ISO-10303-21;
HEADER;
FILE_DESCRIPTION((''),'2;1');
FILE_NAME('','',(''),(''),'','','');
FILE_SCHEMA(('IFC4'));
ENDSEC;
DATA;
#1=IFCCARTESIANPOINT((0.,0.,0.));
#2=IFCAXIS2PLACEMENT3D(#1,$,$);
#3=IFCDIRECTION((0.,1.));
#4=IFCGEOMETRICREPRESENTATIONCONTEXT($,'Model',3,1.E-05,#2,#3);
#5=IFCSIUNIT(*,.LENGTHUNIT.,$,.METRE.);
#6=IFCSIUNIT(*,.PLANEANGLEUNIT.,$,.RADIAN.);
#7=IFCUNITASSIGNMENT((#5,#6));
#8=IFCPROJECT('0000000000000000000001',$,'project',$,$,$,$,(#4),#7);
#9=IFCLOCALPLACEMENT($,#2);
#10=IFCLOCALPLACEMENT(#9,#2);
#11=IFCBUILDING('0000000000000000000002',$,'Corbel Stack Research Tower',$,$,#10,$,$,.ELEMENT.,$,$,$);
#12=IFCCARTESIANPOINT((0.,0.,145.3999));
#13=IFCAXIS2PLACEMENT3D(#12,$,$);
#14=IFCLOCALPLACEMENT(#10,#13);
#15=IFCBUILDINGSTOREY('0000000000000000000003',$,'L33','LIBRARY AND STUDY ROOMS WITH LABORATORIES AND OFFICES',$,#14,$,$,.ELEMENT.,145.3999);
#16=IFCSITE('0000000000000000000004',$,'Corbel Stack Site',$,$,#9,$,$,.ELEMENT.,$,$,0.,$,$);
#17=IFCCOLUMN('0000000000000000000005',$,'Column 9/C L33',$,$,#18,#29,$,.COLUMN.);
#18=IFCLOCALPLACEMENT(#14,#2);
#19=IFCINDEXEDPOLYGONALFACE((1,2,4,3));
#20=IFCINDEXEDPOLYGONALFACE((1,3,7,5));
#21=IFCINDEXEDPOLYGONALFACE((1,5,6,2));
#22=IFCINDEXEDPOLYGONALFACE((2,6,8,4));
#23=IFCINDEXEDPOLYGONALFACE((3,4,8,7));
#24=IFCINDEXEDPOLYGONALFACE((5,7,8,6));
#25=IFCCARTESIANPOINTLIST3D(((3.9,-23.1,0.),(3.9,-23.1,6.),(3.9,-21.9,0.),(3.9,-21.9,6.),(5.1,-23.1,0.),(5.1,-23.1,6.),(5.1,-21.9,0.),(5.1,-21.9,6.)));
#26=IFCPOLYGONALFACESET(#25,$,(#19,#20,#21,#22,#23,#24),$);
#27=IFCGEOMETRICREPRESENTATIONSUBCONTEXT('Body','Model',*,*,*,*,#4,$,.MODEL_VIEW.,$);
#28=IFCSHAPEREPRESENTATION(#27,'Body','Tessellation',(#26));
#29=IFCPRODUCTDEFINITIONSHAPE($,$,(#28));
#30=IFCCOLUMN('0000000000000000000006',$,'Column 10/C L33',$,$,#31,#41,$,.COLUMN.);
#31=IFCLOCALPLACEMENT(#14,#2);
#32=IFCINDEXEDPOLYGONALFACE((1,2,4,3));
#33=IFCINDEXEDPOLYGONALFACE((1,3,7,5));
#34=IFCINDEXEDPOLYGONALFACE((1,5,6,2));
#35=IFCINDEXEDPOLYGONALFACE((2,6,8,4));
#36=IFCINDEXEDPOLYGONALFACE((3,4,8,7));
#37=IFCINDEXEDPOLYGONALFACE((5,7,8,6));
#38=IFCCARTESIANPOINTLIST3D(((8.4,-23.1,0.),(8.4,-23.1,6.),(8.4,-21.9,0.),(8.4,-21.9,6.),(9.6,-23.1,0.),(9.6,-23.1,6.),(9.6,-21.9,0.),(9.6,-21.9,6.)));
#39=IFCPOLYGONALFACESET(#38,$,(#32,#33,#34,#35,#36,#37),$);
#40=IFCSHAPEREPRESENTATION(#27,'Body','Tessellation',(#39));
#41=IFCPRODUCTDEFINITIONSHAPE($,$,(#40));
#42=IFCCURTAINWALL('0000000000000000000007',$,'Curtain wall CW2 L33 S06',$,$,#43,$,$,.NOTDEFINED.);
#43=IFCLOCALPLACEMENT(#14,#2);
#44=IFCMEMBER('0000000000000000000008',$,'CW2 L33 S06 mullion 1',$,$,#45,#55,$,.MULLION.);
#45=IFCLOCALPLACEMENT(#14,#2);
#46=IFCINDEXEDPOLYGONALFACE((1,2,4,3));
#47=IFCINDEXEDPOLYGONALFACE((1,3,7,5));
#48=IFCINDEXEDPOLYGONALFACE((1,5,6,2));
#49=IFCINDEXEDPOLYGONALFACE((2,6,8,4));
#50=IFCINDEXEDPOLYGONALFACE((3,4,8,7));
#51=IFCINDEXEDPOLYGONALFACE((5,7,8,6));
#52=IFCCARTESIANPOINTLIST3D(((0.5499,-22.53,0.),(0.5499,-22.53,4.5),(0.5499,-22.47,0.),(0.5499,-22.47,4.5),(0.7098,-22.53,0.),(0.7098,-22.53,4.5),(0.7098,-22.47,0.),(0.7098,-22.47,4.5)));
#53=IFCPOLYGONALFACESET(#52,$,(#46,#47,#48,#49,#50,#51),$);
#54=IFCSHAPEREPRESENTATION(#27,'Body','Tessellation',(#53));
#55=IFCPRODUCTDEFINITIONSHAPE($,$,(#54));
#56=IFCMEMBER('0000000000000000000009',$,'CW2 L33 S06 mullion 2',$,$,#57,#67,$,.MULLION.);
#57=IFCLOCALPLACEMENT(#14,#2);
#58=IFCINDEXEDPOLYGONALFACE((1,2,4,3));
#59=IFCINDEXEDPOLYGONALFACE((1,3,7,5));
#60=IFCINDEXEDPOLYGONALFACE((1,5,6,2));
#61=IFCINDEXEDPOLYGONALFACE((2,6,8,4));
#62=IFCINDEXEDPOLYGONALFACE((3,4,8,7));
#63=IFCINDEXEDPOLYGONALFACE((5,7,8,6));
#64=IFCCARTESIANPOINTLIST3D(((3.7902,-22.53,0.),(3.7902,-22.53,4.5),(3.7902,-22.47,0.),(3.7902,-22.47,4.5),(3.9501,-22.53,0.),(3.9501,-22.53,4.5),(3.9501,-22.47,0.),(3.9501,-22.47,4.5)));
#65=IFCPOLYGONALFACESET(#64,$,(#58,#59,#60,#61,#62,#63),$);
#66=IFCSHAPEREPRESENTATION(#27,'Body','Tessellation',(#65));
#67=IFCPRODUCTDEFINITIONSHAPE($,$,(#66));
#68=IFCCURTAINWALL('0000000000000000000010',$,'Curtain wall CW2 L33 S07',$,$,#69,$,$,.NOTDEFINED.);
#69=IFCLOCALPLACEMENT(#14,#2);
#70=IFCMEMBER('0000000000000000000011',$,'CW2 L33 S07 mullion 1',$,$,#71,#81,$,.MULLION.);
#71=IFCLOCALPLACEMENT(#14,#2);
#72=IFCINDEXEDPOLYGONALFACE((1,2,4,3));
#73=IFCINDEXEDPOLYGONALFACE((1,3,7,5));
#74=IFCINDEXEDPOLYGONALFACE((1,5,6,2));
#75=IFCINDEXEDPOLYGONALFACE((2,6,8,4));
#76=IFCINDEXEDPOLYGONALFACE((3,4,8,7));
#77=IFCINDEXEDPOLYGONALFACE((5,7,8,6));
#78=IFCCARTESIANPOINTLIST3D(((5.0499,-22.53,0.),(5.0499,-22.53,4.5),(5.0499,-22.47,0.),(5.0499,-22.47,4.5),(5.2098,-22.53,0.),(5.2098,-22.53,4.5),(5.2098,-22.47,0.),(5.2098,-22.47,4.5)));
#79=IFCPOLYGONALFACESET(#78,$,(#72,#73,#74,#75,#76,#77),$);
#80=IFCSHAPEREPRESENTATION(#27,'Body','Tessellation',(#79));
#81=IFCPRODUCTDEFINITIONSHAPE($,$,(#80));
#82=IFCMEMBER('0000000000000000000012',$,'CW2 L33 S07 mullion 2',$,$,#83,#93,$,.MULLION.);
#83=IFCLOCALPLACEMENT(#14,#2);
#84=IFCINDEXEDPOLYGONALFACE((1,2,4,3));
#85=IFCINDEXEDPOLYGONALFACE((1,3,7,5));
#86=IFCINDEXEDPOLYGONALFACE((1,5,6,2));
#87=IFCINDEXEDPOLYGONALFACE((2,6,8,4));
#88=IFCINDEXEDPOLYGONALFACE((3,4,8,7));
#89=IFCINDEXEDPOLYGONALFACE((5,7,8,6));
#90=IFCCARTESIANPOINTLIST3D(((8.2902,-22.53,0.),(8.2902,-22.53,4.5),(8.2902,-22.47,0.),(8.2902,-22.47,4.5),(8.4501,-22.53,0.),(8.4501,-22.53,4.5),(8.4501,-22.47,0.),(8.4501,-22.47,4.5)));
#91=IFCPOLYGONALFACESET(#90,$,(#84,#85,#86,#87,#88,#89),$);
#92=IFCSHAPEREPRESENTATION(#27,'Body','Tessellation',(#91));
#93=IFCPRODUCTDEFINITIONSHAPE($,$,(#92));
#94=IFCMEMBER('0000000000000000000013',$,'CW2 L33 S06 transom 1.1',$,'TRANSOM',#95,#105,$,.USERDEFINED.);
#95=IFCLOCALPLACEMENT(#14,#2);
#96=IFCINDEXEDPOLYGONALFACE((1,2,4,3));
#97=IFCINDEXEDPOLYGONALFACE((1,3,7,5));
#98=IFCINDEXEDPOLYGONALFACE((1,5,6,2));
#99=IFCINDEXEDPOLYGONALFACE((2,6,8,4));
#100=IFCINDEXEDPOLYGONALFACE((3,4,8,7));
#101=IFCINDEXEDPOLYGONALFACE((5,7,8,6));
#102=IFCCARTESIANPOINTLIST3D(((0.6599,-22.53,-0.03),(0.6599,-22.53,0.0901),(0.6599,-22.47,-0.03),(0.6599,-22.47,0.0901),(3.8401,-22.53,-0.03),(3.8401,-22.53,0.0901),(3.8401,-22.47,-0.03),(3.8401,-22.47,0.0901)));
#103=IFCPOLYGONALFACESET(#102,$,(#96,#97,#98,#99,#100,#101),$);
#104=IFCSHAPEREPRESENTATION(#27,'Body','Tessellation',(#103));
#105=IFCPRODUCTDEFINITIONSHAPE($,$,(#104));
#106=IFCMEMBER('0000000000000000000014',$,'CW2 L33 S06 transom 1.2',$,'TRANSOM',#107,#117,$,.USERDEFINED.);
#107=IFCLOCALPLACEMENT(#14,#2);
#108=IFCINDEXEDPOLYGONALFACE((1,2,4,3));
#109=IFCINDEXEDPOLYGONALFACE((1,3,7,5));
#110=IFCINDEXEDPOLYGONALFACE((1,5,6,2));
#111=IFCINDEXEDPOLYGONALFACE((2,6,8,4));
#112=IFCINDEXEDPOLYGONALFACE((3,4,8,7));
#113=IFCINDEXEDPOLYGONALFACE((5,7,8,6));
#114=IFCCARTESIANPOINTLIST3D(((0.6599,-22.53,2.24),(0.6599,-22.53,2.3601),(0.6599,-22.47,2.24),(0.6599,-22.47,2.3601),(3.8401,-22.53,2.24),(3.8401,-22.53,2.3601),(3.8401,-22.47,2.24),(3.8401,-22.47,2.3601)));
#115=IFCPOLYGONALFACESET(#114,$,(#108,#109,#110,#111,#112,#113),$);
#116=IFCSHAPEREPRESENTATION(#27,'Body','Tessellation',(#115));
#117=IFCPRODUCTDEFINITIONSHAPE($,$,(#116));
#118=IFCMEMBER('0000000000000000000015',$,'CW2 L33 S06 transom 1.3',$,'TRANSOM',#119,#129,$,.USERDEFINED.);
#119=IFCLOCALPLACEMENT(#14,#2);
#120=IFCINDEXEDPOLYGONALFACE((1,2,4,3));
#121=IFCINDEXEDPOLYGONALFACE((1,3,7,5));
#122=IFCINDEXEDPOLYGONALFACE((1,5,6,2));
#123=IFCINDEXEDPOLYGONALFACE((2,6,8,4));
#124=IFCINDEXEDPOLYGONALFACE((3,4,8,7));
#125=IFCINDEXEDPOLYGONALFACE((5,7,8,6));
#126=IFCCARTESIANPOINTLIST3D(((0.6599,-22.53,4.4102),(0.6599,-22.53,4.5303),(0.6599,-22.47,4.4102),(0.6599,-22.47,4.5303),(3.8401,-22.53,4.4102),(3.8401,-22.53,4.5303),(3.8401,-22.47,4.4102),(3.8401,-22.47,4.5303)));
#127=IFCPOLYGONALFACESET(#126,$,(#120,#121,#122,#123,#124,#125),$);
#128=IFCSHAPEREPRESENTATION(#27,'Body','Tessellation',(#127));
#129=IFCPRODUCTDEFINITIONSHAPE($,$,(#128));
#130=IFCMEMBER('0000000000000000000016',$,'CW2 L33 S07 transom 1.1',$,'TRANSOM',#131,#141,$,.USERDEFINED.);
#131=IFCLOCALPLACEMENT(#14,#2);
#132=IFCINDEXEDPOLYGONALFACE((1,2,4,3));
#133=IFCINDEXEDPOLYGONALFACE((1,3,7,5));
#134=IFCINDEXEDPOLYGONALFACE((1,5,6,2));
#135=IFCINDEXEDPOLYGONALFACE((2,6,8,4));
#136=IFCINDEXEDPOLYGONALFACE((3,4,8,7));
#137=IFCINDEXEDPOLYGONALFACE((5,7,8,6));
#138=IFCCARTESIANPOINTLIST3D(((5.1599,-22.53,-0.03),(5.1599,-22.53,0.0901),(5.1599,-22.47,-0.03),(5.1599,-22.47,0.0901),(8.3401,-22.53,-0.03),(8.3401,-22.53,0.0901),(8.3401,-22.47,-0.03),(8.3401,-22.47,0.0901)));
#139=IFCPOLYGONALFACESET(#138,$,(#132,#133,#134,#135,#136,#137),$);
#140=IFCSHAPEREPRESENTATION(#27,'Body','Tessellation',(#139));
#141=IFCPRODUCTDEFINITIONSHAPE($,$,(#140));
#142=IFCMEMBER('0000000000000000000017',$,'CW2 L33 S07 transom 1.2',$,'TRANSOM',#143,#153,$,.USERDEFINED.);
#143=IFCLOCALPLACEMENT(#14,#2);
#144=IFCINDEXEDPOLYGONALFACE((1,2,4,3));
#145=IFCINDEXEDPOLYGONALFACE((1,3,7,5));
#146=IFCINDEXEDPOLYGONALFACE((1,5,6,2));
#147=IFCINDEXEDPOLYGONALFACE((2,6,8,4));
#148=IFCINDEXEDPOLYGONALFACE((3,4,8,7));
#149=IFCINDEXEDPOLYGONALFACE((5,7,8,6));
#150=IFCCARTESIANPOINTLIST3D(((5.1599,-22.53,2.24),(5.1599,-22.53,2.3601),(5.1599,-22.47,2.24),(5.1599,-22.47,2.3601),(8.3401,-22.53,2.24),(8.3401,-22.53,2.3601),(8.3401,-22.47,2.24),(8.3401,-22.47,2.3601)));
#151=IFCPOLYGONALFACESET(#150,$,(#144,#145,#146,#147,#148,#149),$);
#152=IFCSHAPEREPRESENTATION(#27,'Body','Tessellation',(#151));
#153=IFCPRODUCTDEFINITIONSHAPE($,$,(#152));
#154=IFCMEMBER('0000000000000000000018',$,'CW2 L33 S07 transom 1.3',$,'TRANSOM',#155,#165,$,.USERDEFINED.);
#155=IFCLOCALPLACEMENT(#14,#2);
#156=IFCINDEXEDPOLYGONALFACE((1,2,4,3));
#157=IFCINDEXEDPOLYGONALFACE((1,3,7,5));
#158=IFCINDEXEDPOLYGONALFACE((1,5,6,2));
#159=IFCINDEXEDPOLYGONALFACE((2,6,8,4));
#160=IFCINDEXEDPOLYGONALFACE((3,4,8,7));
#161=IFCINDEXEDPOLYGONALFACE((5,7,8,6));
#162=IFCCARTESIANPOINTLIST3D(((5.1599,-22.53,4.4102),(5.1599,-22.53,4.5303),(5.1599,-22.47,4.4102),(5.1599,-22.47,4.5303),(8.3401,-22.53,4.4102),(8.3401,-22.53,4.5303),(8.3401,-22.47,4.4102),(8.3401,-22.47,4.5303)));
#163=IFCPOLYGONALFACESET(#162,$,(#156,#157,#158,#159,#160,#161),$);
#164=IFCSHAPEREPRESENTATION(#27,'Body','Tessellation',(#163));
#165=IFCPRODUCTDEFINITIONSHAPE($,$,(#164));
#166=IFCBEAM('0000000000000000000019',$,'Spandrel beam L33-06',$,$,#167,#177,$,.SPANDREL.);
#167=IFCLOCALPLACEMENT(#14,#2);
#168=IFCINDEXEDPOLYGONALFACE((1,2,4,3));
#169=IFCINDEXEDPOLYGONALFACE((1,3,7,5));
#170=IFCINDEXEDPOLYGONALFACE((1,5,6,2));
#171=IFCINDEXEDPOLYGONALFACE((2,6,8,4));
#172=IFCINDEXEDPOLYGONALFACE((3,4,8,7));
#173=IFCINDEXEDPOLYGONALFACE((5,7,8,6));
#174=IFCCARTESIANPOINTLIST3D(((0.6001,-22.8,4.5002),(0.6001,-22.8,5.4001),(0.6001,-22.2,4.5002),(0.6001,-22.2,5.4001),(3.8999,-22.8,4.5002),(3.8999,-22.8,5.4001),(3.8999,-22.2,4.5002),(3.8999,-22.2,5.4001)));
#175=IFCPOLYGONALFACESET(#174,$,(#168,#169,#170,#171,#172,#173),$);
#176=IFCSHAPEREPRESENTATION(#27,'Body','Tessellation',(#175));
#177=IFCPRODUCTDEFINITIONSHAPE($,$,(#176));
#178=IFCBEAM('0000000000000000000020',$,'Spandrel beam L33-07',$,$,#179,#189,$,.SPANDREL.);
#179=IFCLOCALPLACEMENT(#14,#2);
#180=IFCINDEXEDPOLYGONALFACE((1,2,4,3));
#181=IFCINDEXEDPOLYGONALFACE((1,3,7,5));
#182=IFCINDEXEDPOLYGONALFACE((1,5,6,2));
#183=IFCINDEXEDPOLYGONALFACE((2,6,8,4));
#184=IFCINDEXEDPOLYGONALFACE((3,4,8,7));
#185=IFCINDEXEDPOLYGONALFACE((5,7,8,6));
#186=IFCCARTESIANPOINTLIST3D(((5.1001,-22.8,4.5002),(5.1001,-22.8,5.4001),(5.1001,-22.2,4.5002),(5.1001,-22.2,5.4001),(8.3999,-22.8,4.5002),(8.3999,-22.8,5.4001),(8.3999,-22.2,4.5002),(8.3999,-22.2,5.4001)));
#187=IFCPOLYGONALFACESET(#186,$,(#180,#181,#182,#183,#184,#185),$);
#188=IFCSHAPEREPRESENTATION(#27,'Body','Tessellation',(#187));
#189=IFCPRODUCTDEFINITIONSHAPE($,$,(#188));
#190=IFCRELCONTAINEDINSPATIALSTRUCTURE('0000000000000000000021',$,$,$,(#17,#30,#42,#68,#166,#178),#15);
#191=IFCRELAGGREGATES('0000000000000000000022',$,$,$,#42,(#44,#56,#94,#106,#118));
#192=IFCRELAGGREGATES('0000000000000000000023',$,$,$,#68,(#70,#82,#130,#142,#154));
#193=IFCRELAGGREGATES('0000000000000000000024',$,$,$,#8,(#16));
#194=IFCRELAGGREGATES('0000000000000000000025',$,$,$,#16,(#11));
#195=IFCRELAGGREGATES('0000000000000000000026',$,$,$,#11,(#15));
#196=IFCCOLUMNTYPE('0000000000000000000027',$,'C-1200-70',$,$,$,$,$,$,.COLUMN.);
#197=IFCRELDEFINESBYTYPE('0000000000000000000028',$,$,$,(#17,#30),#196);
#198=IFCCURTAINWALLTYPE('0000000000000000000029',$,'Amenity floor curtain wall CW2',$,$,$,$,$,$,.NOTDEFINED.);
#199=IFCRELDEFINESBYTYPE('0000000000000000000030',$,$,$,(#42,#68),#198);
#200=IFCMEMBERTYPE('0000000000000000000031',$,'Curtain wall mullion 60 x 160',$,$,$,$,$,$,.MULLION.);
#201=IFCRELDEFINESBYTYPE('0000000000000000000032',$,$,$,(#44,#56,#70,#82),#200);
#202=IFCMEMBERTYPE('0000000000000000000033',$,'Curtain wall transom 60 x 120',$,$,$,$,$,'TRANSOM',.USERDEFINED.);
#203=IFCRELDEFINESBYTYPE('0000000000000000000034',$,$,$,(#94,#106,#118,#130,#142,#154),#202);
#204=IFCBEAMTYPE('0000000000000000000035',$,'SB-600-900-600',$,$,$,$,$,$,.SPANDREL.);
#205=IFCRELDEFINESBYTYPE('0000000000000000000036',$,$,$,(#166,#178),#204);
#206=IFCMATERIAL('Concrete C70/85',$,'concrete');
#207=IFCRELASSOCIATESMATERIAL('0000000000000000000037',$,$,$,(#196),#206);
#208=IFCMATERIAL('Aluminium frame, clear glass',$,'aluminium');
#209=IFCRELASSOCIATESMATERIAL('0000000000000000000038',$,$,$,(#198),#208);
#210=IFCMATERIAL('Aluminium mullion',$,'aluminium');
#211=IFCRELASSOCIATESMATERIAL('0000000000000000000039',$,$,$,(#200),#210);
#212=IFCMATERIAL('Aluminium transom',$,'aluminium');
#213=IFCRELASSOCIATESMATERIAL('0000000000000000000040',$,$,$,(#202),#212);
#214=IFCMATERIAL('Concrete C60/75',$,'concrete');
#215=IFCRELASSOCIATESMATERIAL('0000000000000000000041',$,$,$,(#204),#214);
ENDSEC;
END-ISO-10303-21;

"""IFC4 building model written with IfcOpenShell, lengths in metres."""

from ifc_helpers import new_model, si_unit, direction, frame, origin, origin_2d, place, context, subcontext, project, spatial, rectangle, extrude, material, material_profile, profile_set, type_object, element, aggregate, save


model = new_model("IFC4")

# Units and contexts
model_context = context("Model", 3, precision=1e-05, world=origin(), true_north=direction((0.0, 1.0)))
body_context = subcontext(model_context, "Body", "Model", "MODEL_VIEW")
ifc_project = project(units=[si_unit("LENGTHUNIT", "METRE"), si_unit("PLANEANGLEUNIT", "RADIAN")], contexts=[model_context])

# Site, building, storey
site_placement = place(None, origin())
site = spatial("IfcSite", under=ifc_project, at=site_placement, Name="Corbel Stack Site", CompositionType="ELEMENT", RefElevation=0.0)
building_placement = place(site_placement, origin())
building = spatial("IfcBuilding", under=site, at=building_placement, Name="Corbel Stack Research Tower", CompositionType="ELEMENT")
storey_placement = place(building_placement, frame((0.0, 0.0, 145.3999)))
storey = spatial("IfcBuildingStorey", under=building, at=storey_placement, Name="L33", Description="LIBRARY AND STUDY ROOMS WITH LABORATORIES AND OFFICES", CompositionType="ELEMENT", Elevation=145.3999)

# Columns
ifc_material_1 = material(Name="Concrete C70/85", Category="concrete")
ifc_material_profile_1 = material_profile(ifc_material_1, rectangle(XDim=1.2, YDim=1.2, at=origin_2d()), Name="RC 1200 x 1200")
ifc_profile_set_1 = profile_set([ifc_material_profile_1], Name="Concrete C70/85")
column_type = type_object("IfcColumnType", Name="C-1200-70", PredefinedType="COLUMN", material=ifc_profile_set_1)
for number, where, z_axis, x_axis, name in (
    (1, (4.5, -22.5, 0.0), (0.0, 0.0, 1.0), (1.0, 0.0, 0.0), "Column 9/C L33"),
    (2, (9.0, -22.5, 0.0), (0.0, 0.0, 1.0), (1.0, 0.0, 0.0), "Column 10/C L33"),
):
    element("IfcColumn", number, at=place(storey_placement, frame(where, z_axis=z_axis, x_axis=x_axis)), inside=storey, type_object=column_type, Name=name, PredefinedType="COLUMN", context=body_context, shape_type="SweptSolid", body=[
        extrude(rectangle(XDim=1.2, YDim=1.2, at=origin_2d()), origin(), (0.0, 0.0, 1.0), 6.0),
    ])

# Curtain walls, members
ifc_material_2 = material(Name="Aluminium frame, clear glass", Category="aluminium")
curtain_wall_type = type_object("IfcCurtainWallType", Name="Amenity floor curtain wall CW2", PredefinedType="NOTDEFINED", material=ifc_material_2)
curtain_wall_1_placement = place(storey_placement, origin())
curtain_wall_1 = element("IfcCurtainWall", 3, at=curtain_wall_1_placement, inside=storey, type_object=curtain_wall_type, Name="Curtain wall CW2 L33 S06", PredefinedType="NOTDEFINED")
ifc_material_3 = material(Name="Aluminium mullion", Category="aluminium")
ifc_material_profile_2 = material_profile(ifc_material_3, rectangle(XDim=0.0601, YDim=0.1599, at=origin_2d()), Name="Mullion 60 x 160")
ifc_profile_set_2 = profile_set([ifc_material_profile_2], Name="Aluminium mullion")
member_type_1 = type_object("IfcMemberType", Name="Curtain wall mullion 60 x 160", PredefinedType="MULLION", material=ifc_profile_set_2)
member_1_placement = place(storey_placement, frame((0.6299, -22.5, 0.0), z_axis=(0.0, 0.0, 1.0), x_axis=(0.0, 1.0, 0.0)))
member_1 = element("IfcMember", 4, at=member_1_placement, type_object=member_type_1, Name="CW2 L33 S06 mullion 1", PredefinedType="MULLION", context=body_context, shape_type="SweptSolid", body=[
    extrude(rectangle(XDim=0.0601, YDim=0.1599, at=origin_2d()), origin(), (0.0, 0.0, 1.0), 4.5),
])
member_2_placement = place(storey_placement, frame((3.8701, -22.5, 0.0), z_axis=(0.0, 0.0, 1.0), x_axis=(0.0, 1.0, 0.0)))
member_2 = element("IfcMember", 5, at=member_2_placement, type_object=member_type_1, Name="CW2 L33 S06 mullion 2", PredefinedType="MULLION", context=body_context, shape_type="SweptSolid", body=[
    extrude(rectangle(XDim=0.0601, YDim=0.1599, at=origin_2d()), origin(), (0.0, 0.0, 1.0), 4.5),
])
curtain_wall_2_placement = place(storey_placement, origin())
curtain_wall_2 = element("IfcCurtainWall", 6, at=curtain_wall_2_placement, inside=storey, type_object=curtain_wall_type, Name="Curtain wall CW2 L33 S07", PredefinedType="NOTDEFINED")
member_3_placement = place(storey_placement, frame((5.1299, -22.5, 0.0), z_axis=(0.0, 0.0, 1.0), x_axis=(0.0, 1.0, 0.0)))
member_3 = element("IfcMember", 7, at=member_3_placement, type_object=member_type_1, Name="CW2 L33 S07 mullion 1", PredefinedType="MULLION", context=body_context, shape_type="SweptSolid", body=[
    extrude(rectangle(XDim=0.0601, YDim=0.1599, at=origin_2d()), origin(), (0.0, 0.0, 1.0), 4.5),
])
member_4_placement = place(storey_placement, frame((8.3701, -22.5, 0.0), z_axis=(0.0, 0.0, 1.0), x_axis=(0.0, 1.0, 0.0)))
member_4 = element("IfcMember", 8, at=member_4_placement, type_object=member_type_1, Name="CW2 L33 S07 mullion 2", PredefinedType="MULLION", context=body_context, shape_type="SweptSolid", body=[
    extrude(rectangle(XDim=0.0601, YDim=0.1599, at=origin_2d()), origin(), (0.0, 0.0, 1.0), 4.5),
])

# Members
ifc_material_4 = material(Name="Aluminium transom", Category="aluminium")
ifc_material_profile_3 = material_profile(ifc_material_4, rectangle(XDim=0.0601, YDim=0.1201, at=origin_2d()), Name="Transom 60 x 120")
ifc_profile_set_3 = profile_set([ifc_material_profile_3], Name="Aluminium transom")
member_type_2 = type_object("IfcMemberType", Name="Curtain wall transom 60 x 120", ElementType="TRANSOM", PredefinedType="USERDEFINED", material=ifc_profile_set_3)
member_5_placement = place(storey_placement, frame((0.6599, -22.5, 0.03), z_axis=(1.0, 0.0, 0.0), x_axis=(0.0, 1.0, 0.0)))
member_5 = element("IfcMember", 9, at=member_5_placement, type_object=member_type_2, Name="CW2 L33 S06 transom 1.1", ObjectType="TRANSOM", PredefinedType="USERDEFINED", context=body_context, shape_type="SweptSolid", body=[
    extrude(rectangle(XDim=0.0601, YDim=0.1201, at=origin_2d()), origin(), (0.0, 0.0, 1.0), 3.1802),
])
member_6_placement = place(storey_placement, frame((0.6599, -22.5, 2.3), z_axis=(1.0, 0.0, 0.0), x_axis=(0.0, 1.0, 0.0)))
member_6 = element("IfcMember", 10, at=member_6_placement, type_object=member_type_2, Name="CW2 L33 S06 transom 1.2", ObjectType="TRANSOM", PredefinedType="USERDEFINED", context=body_context, shape_type="SweptSolid", body=[
    extrude(rectangle(XDim=0.0601, YDim=0.1201, at=origin_2d()), origin(), (0.0, 0.0, 1.0), 3.1802),
])
member_7_placement = place(storey_placement, frame((0.6599, -22.5, 4.4702), z_axis=(1.0, 0.0, 0.0), x_axis=(0.0, 1.0, 0.0)))
member_7 = element("IfcMember", 11, at=member_7_placement, type_object=member_type_2, Name="CW2 L33 S06 transom 1.3", ObjectType="TRANSOM", PredefinedType="USERDEFINED", context=body_context, shape_type="SweptSolid", body=[
    extrude(rectangle(XDim=0.0601, YDim=0.1201, at=origin_2d()), origin(), (0.0, 0.0, 1.0), 3.1802),
])
member_8_placement = place(storey_placement, frame((5.1599, -22.5, 0.03), z_axis=(1.0, 0.0, 0.0), x_axis=(0.0, 1.0, 0.0)))
member_8 = element("IfcMember", 12, at=member_8_placement, type_object=member_type_2, Name="CW2 L33 S07 transom 1.1", ObjectType="TRANSOM", PredefinedType="USERDEFINED", context=body_context, shape_type="SweptSolid", body=[
    extrude(rectangle(XDim=0.0601, YDim=0.1201, at=origin_2d()), origin(), (0.0, 0.0, 1.0), 3.1802),
])
member_9_placement = place(storey_placement, frame((5.1599, -22.5, 2.3), z_axis=(1.0, 0.0, 0.0), x_axis=(0.0, 1.0, 0.0)))
member_9 = element("IfcMember", 13, at=member_9_placement, type_object=member_type_2, Name="CW2 L33 S07 transom 1.2", ObjectType="TRANSOM", PredefinedType="USERDEFINED", context=body_context, shape_type="SweptSolid", body=[
    extrude(rectangle(XDim=0.0601, YDim=0.1201, at=origin_2d()), origin(), (0.0, 0.0, 1.0), 3.1802),
])
member_10_placement = place(storey_placement, frame((5.1599, -22.5, 4.4702), z_axis=(1.0, 0.0, 0.0), x_axis=(0.0, 1.0, 0.0)))
member_10 = element("IfcMember", 14, at=member_10_placement, type_object=member_type_2, Name="CW2 L33 S07 transom 1.3", ObjectType="TRANSOM", PredefinedType="USERDEFINED", context=body_context, shape_type="SweptSolid", body=[
    extrude(rectangle(XDim=0.0601, YDim=0.1201, at=origin_2d()), origin(), (0.0, 0.0, 1.0), 3.1802),
])

# Beams
ifc_material_5 = material(Name="Concrete C60/75", Category="concrete")
ifc_material_profile_4 = material_profile(ifc_material_5, rectangle(XDim=0.6001, YDim=0.8999, at=origin_2d()), Name="RC 600 x 900")
ifc_profile_set_4 = profile_set([ifc_material_profile_4], Name="Concrete C60/75")
beam_type = type_object("IfcBeamType", Name="SB-600-900-600", PredefinedType="SPANDREL", material=ifc_profile_set_4)
for number, where, z_axis, x_axis, name in (
    (15, (0.6001, -22.5, 4.9502), (1.0, 0.0, 0.0), (0.0, 1.0, 0.0), "Spandrel beam L33-06"),
    (16, (5.1001, -22.5, 4.9502), (1.0, 0.0, 0.0), (0.0, 1.0, 0.0), "Spandrel beam L33-07"),
):
    element("IfcBeam", number, at=place(storey_placement, frame(where, z_axis=z_axis, x_axis=x_axis)), inside=storey, type_object=beam_type, Name=name, PredefinedType="SPANDREL", context=body_context, shape_type="SweptSolid", body=[
        extrude(rectangle(XDim=0.6001, YDim=0.8999, at=origin_2d()), origin(), (0.0, 0.0, 1.0), 3.2998),
    ])

aggregate(curtain_wall_1, [member_1, member_2, member_5, member_6, member_7])
aggregate(curtain_wall_2, [member_3, member_4, member_8, member_9, member_10])

save(model, "model.ifc")
